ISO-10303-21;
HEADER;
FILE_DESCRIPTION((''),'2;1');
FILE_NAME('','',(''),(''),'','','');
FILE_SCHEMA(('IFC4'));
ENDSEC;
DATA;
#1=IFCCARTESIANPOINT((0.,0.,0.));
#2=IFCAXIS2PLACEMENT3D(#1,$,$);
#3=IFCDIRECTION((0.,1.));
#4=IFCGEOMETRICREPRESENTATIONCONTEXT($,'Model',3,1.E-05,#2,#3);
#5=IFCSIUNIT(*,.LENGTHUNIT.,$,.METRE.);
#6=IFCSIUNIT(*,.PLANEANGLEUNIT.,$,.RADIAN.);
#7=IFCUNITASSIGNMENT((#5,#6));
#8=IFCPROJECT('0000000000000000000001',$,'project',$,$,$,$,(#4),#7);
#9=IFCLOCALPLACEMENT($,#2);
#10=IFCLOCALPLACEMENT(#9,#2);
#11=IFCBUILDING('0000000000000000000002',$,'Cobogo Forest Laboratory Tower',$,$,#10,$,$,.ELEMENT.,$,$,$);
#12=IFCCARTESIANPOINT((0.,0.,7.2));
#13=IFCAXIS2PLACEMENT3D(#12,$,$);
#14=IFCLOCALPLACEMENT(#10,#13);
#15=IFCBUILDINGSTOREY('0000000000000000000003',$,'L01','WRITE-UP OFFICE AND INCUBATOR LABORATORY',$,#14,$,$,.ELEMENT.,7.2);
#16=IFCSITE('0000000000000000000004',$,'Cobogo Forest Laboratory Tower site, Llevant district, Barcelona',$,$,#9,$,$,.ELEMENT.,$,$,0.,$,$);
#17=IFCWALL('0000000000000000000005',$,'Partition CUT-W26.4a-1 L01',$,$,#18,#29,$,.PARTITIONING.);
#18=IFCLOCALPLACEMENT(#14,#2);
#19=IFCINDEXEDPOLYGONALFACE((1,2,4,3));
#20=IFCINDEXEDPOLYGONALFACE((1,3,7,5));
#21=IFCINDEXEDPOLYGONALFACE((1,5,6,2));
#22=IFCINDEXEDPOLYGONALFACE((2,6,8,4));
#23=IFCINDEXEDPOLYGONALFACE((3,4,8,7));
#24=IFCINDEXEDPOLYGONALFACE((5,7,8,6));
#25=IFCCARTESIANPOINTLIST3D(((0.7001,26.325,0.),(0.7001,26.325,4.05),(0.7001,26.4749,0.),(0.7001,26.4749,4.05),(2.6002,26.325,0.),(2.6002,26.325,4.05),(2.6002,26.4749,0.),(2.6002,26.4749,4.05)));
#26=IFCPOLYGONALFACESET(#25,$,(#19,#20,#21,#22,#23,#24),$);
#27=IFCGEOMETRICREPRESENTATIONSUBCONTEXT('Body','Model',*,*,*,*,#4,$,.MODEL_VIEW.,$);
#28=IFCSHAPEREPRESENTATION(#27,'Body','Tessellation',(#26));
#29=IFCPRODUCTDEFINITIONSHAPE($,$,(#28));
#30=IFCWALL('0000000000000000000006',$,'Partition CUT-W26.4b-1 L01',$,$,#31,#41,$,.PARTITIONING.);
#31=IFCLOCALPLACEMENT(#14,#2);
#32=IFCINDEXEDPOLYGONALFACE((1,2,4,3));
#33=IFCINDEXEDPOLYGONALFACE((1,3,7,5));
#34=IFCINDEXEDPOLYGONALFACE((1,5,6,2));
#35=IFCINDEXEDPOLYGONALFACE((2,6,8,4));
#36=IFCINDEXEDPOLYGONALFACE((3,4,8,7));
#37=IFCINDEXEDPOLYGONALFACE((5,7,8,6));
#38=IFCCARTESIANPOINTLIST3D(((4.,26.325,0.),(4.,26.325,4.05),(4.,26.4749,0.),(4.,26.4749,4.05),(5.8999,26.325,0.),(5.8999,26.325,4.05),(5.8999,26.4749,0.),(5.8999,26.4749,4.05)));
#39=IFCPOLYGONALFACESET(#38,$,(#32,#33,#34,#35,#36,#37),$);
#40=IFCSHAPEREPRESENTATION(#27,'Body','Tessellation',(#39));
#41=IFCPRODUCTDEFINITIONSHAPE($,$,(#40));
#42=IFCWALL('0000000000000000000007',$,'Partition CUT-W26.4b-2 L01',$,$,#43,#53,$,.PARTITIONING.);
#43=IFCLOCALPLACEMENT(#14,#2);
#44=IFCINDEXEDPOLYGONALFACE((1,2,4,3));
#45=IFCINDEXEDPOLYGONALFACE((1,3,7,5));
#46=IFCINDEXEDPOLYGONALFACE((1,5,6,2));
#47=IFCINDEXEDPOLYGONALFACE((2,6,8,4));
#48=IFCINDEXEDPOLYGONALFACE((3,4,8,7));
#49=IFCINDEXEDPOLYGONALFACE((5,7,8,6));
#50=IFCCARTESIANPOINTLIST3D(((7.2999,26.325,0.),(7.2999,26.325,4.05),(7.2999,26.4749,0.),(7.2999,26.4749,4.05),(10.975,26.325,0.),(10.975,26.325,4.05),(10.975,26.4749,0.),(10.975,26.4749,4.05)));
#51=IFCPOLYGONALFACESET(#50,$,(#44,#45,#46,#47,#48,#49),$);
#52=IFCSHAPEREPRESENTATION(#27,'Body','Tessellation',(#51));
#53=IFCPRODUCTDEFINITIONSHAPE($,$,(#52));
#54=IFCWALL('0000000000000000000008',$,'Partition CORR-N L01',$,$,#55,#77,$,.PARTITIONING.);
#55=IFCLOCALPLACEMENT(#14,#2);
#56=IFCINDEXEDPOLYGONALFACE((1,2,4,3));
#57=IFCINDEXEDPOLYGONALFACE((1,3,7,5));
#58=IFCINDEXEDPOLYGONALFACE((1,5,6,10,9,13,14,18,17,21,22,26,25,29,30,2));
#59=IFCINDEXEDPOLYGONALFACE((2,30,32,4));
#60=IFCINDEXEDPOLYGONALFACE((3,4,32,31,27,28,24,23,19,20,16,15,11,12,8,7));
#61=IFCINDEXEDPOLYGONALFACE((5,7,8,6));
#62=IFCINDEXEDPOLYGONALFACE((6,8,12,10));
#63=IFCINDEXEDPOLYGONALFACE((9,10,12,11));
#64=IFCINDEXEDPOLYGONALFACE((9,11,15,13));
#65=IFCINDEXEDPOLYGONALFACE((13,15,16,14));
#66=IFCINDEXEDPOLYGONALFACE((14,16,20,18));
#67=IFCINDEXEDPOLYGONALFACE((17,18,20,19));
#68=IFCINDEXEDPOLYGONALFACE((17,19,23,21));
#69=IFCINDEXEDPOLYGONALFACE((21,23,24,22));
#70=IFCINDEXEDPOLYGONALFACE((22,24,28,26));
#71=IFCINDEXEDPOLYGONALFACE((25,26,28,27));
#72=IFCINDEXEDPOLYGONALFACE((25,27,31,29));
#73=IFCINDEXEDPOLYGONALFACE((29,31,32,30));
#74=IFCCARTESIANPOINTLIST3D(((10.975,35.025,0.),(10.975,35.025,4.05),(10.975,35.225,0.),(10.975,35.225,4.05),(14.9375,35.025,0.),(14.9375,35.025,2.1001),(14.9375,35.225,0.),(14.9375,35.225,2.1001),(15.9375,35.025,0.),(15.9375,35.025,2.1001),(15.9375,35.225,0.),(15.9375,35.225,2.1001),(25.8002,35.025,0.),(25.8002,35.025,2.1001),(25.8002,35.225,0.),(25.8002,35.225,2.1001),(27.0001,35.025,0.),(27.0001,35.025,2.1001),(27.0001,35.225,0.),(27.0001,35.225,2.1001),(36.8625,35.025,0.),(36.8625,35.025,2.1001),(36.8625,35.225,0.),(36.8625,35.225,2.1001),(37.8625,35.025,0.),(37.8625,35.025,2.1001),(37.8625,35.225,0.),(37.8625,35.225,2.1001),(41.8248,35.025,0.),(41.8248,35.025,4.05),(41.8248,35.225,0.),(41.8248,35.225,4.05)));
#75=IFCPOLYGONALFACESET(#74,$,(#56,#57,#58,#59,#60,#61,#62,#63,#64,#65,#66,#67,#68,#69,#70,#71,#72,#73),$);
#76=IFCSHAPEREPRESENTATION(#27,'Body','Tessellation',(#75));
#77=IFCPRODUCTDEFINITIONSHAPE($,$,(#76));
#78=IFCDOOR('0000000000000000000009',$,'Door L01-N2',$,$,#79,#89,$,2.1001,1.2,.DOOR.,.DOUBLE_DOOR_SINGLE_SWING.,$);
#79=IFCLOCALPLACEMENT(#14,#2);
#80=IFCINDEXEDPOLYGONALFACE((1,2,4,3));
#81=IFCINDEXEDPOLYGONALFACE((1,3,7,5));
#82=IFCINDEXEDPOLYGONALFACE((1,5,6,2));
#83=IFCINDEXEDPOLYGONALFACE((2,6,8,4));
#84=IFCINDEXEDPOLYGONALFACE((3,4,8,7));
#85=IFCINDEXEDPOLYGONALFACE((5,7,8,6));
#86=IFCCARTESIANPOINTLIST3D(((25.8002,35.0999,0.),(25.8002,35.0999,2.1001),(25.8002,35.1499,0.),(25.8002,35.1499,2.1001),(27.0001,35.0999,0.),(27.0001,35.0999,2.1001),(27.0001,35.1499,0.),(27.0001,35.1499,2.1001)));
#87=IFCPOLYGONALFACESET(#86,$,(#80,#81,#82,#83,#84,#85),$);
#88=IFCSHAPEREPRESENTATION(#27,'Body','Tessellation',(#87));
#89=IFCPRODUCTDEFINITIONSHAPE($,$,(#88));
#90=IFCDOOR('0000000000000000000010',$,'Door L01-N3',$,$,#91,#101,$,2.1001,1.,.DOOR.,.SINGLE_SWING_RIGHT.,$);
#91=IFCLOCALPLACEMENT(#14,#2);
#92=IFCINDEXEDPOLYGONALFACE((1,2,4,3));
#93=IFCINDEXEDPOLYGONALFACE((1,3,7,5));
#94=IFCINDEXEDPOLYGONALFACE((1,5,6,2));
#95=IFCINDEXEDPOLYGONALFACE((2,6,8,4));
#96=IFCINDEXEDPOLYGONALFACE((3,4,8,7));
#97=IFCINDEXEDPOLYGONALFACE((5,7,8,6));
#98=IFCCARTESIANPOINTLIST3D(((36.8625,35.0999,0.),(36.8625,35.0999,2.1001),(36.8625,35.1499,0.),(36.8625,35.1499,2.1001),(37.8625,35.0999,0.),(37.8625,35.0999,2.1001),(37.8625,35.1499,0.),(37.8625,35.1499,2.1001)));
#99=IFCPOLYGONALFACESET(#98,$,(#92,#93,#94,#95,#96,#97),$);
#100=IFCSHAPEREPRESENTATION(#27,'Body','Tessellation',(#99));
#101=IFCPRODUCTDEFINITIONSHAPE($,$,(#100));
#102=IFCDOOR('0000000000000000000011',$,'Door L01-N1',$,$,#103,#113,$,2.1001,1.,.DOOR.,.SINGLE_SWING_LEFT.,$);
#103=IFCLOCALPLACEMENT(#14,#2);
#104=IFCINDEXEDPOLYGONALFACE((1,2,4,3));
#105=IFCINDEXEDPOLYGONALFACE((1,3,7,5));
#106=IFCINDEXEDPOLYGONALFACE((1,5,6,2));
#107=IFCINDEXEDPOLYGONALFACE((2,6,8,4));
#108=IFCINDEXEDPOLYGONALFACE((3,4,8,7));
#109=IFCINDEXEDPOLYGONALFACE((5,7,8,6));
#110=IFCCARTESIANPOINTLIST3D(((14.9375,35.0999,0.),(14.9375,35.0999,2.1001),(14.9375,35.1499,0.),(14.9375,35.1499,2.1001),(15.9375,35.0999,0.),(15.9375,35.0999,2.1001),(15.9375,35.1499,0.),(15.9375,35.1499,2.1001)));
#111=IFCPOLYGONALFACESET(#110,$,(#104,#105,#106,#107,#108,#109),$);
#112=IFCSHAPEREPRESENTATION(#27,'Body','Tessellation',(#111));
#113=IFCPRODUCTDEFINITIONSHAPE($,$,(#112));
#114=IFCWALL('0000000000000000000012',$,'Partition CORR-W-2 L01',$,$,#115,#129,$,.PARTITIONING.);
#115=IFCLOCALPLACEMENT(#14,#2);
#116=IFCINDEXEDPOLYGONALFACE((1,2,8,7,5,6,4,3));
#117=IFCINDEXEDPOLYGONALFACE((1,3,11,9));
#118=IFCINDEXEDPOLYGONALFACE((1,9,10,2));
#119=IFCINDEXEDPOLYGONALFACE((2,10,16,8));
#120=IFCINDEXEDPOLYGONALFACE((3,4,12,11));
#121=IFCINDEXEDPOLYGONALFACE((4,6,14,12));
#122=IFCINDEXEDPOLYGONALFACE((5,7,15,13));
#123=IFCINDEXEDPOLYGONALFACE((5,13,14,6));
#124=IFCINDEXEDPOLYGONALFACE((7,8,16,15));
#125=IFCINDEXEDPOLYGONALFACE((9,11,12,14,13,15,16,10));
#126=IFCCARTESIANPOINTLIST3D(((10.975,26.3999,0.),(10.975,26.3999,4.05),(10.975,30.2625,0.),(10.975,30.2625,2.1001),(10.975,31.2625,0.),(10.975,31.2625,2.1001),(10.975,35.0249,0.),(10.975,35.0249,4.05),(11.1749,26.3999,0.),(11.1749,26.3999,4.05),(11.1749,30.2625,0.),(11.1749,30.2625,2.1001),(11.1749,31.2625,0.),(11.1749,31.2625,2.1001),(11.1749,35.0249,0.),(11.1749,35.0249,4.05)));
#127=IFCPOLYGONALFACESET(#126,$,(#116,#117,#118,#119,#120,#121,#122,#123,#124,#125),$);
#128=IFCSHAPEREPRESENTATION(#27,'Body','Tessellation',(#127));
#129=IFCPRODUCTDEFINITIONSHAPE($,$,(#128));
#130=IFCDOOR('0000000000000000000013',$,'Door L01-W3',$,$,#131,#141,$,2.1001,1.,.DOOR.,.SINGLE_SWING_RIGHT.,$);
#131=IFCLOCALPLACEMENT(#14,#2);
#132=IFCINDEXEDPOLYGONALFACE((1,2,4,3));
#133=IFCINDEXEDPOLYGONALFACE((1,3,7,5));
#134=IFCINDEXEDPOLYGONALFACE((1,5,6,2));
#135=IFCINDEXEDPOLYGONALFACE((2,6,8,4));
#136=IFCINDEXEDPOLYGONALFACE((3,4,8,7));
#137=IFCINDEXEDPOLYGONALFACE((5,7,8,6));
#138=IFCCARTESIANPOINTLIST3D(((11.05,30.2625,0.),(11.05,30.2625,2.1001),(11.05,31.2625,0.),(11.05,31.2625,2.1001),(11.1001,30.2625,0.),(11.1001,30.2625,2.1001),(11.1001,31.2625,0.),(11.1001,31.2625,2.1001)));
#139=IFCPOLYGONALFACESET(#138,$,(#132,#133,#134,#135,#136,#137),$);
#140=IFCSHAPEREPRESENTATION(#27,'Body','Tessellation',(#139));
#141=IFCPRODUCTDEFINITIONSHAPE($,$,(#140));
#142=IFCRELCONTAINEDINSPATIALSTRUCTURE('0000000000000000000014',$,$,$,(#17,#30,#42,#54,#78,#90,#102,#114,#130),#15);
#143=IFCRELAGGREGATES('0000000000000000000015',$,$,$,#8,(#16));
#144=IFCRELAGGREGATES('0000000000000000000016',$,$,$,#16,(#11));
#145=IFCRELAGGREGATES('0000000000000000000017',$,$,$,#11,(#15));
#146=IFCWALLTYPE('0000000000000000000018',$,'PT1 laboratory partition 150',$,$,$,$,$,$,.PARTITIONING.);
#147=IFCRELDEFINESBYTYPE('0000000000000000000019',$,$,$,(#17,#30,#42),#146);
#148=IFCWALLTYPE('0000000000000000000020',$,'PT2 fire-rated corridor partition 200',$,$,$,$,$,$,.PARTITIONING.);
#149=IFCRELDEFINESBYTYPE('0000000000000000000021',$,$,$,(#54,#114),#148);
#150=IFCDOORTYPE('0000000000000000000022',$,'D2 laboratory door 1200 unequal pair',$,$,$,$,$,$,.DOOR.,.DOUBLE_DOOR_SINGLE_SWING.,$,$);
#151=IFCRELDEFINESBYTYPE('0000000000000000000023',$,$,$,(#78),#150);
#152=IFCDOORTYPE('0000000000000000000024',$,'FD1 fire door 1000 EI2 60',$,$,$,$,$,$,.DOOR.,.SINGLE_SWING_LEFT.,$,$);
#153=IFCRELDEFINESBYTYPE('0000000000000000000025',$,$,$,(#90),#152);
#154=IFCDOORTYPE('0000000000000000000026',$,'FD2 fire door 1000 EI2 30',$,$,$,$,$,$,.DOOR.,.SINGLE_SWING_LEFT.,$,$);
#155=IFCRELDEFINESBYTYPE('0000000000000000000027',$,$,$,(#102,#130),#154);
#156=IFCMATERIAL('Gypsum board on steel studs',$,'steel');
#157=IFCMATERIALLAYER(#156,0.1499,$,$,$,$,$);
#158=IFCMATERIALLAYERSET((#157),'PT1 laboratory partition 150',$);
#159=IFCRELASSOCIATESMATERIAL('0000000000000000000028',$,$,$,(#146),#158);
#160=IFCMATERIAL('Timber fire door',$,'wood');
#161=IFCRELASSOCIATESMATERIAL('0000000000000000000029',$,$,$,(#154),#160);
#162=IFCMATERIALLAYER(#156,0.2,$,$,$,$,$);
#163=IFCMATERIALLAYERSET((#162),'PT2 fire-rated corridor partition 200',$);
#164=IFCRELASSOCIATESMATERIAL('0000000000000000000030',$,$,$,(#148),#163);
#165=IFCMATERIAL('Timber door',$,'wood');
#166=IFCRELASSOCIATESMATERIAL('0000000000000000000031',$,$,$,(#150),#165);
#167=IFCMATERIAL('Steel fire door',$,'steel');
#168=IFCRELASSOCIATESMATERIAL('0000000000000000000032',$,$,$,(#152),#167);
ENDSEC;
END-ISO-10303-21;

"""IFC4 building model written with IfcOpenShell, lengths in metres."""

from ifc_helpers import new_model, si_unit, direction, frame, frame_2d, origin, place, context, subcontext, project, spatial, rectangle, extrude, material, layer, layer_set, type_object, element, fill, save


model = new_model("IFC4")

# Units and contexts
model_context = context("Model", 3, precision=1e-05, world=origin(), true_north=direction((0.0, 1.0)))
body_context = subcontext(model_context, "Body", "Model", "MODEL_VIEW")
ifc_project = project(units=[si_unit("LENGTHUNIT", "METRE"), si_unit("PLANEANGLEUNIT", "RADIAN")], contexts=[model_context])

# Site, building, storey
site_placement = place(None, origin())
site = spatial("IfcSite", under=ifc_project, at=site_placement, Name="Cobogo Forest Laboratory Tower site, Llevant district, Barcelona", CompositionType="ELEMENT", RefElevation=0.0)
building_placement = place(site_placement, origin())
building = spatial("IfcBuilding", under=site, at=building_placement, Name="Cobogo Forest Laboratory Tower", CompositionType="ELEMENT")
storey_placement = place(building_placement, frame((0.0, 0.0, 7.2)))
storey = spatial("IfcBuildingStorey", under=building, at=storey_placement, Name="L01", Description="WRITE-UP OFFICE AND INCUBATOR LABORATORY", CompositionType="ELEMENT", Elevation=7.2)

# Shared definitions
ifc_material_1 = material(Name="Gypsum board on steel studs", Category="steel")
ifc_layer_1 = layer(ifc_material_1, 0.1499)
ifc_layer_set_1 = layer_set([ifc_layer_1], Name="PT1 laboratory partition 150")
wall_type_1 = type_object("IfcWallType", Name="PT1 laboratory partition 150", PredefinedType="PARTITIONING", material=ifc_layer_set_1)

# Shared definitions
ifc_material_2 = material(Name="Timber fire door", Category="wood")
door_type_1 = type_object("IfcDoorType", Name="FD2 fire door 1000 EI2 30", OperationType="SINGLE_SWING_LEFT", PredefinedType="DOOR", material=ifc_material_2)

# Walls
wall_1_placement = place(storey_placement, frame((0.7, 26.3999, 0.0), z_axis=(0.0, 0.0, 1.0), x_axis=(1.0, 0.0, 0.0)))
element("IfcWall", 1, at=wall_1_placement, inside=storey, type_object=wall_type_1, Name="Partition CUT-W26.4a-1 L01", PredefinedType="PARTITIONING", context=body_context, shape_type="SweptSolid", body=[
    extrude(rectangle(XDim=1.9001, YDim=0.1499, at=frame_2d((0.9502, 0.0))), origin(), (0.0, 0.0, 1.0), 4.05),
])
wall_2_placement = place(storey_placement, frame((4.0, 26.3999, 0.0), z_axis=(0.0, 0.0, 1.0), x_axis=(1.0, 0.0, 0.0)))
element("IfcWall", 2, at=wall_2_placement, inside=storey, type_object=wall_type_1, Name="Partition CUT-W26.4b-1 L01", PredefinedType="PARTITIONING", context=body_context, shape_type="SweptSolid", body=[
    extrude(rectangle(XDim=1.8999, YDim=0.1499, at=frame_2d((0.95, 0.0))), origin(), (0.0, 0.0, 1.0), 4.05),
])
wall_3_placement = place(storey_placement, frame((7.3, 26.3999, 0.0), z_axis=(0.0, 0.0, 1.0), x_axis=(1.0, 0.0, 0.0)))
element("IfcWall", 3, at=wall_3_placement, inside=storey, type_object=wall_type_1, Name="Partition CUT-W26.4b-2 L01", PredefinedType="PARTITIONING", context=body_context, shape_type="SweptSolid", body=[
    extrude(rectangle(XDim=3.675, YDim=0.1499, at=frame_2d((1.8374, 0.0))), origin(), (0.0, 0.0, 1.0), 4.05),
])

# Wall, openings, doors
ifc_layer_2 = layer(ifc_material_1, 0.2)
ifc_layer_set_2 = layer_set([ifc_layer_2], Name="PT2 fire-rated corridor partition 200")
wall_type_2 = type_object("IfcWallType", Name="PT2 fire-rated corridor partition 200", PredefinedType="PARTITIONING", material=ifc_layer_set_2)
wall_4_placement = place(storey_placement, frame((10.9751, 35.125, 0.0), z_axis=(0.0, 0.0, 1.0), x_axis=(1.0, 0.0, 0.0)))
wall_4 = element("IfcWall", 4, at=wall_4_placement, inside=storey, type_object=wall_type_2, Name="Partition CORR-N L01", PredefinedType="PARTITIONING", context=body_context, shape_type="SweptSolid", body=[
    extrude(rectangle(XDim=30.8499, YDim=0.2, at=frame_2d((15.4248, 0.0))), origin(), (0.0, 0.0, 1.0), 4.05),
])
opening_1_placement = place(wall_4_placement, frame((3.9624, 0.0, 0.0)))
opening_1 = element("IfcOpeningElement", 5, at=opening_1_placement, cuts=wall_4, PredefinedType="OPENING", context=body_context, shape_type="SweptSolid", body=[
    extrude(rectangle(XDim=1.0, YDim=2.1001, at=frame_2d((0.5, 1.05))), frame((0.0, 0.1099, 0.0), z_axis=(0.0, -1.0, 0.0), x_axis=(1.0, 0.0, 0.0)), (0.0, 0.0, 1.0), 0.22),
])
opening_2_placement = place(wall_4_placement, frame((14.825, 0.0, 0.0)))
opening_2 = element("IfcOpeningElement", 6, at=opening_2_placement, cuts=wall_4, PredefinedType="OPENING", context=body_context, shape_type="SweptSolid", body=[
    extrude(rectangle(XDim=1.2, YDim=2.1001, at=frame_2d((0.6001, 1.05))), frame((0.0, 0.1099, 0.0), z_axis=(0.0, -1.0, 0.0), x_axis=(1.0, 0.0, 0.0)), (0.0, 0.0, 1.0), 0.22),
])
opening_3_placement = place(wall_4_placement, frame((25.8875, 0.0, 0.0)))
opening_3 = element("IfcOpeningElement", 7, at=opening_3_placement, cuts=wall_4, PredefinedType="OPENING", context=body_context, shape_type="SweptSolid", body=[
    extrude(rectangle(XDim=1.0, YDim=2.1001, at=frame_2d((0.5, 1.05))), frame((0.0, 0.1099, 0.0), z_axis=(0.0, -1.0, 0.0), x_axis=(1.0, 0.0, 0.0)), (0.0, 0.0, 1.0), 0.22),
])
ifc_material_3 = material(Name="Timber door", Category="wood")
door_type_2 = type_object("IfcDoorType", Name="D2 laboratory door 1200 unequal pair", OperationType="DOUBLE_DOOR_SINGLE_SWING", PredefinedType="DOOR", material=ifc_material_3)
door_1_placement = place(opening_2_placement, origin())
door_1 = element("IfcDoor", 8, at=door_1_placement, inside=storey, type_object=door_type_2, Name="Door L01-N2", OperationType="DOUBLE_DOOR_SINGLE_SWING", OverallHeight=2.1001, OverallWidth=1.2, PredefinedType="DOOR", context=body_context, shape_type="SweptSolid", body=[
    extrude(rectangle(XDim=1.2, YDim=2.1001, at=frame_2d((0.6001, 1.05))), frame((0.0, 0.0249, 0.0), z_axis=(0.0, -1.0, 0.0), x_axis=(1.0, 0.0, 0.0)), (0.0, 0.0, 1.0), 0.05),
])
fill(opening_2, door_1)
ifc_material_4 = material(Name="Steel fire door", Category="steel")
door_type_3 = type_object("IfcDoorType", Name="FD1 fire door 1000 EI2 60", OperationType="SINGLE_SWING_LEFT", PredefinedType="DOOR", material=ifc_material_4)
door_2_placement = place(opening_3_placement, origin())
door_2 = element("IfcDoor", 9, at=door_2_placement, inside=storey, type_object=door_type_3, Name="Door L01-N3", OperationType="SINGLE_SWING_RIGHT", OverallHeight=2.1001, OverallWidth=1.0, PredefinedType="DOOR", context=body_context, shape_type="SweptSolid", body=[
    extrude(rectangle(XDim=1.0, YDim=2.1001, at=frame_2d((0.5, 1.05))), frame((0.0, 0.0249, 0.0), z_axis=(0.0, -1.0, 0.0), x_axis=(1.0, 0.0, 0.0)), (0.0, 0.0, 1.0), 0.05),
])
fill(opening_3, door_2)
door_3_placement = place(opening_1_placement, origin())
door_3 = element("IfcDoor", 10, at=door_3_placement, inside=storey, type_object=door_type_1, Name="Door L01-N1", OperationType="SINGLE_SWING_LEFT", OverallHeight=2.1001, OverallWidth=1.0, PredefinedType="DOOR", context=body_context, shape_type="SweptSolid", body=[
    extrude(rectangle(XDim=1.0, YDim=2.1001, at=frame_2d((0.5, 1.05))), frame((0.0, 0.0249, 0.0), z_axis=(0.0, -1.0, 0.0), x_axis=(1.0, 0.0, 0.0)), (0.0, 0.0, 1.0), 0.05),
])
fill(opening_1, door_3)

# Wall, opening, door
wall_5_placement = place(storey_placement, frame((11.075, 26.3999, 0.0), z_axis=(0.0, 0.0, 1.0), x_axis=(0.0, 1.0, 0.0)))
wall_5 = element("IfcWall", 11, at=wall_5_placement, inside=storey, type_object=wall_type_2, Name="Partition CORR-W-2 L01", PredefinedType="PARTITIONING", context=body_context, shape_type="SweptSolid", body=[
    extrude(rectangle(XDim=8.625, YDim=0.2, at=frame_2d((4.3125, 0.0))), origin(), (0.0, 0.0, 1.0), 4.05),
])
opening_4_placement = place(wall_5_placement, frame((3.8625, 0.0, 0.0)))
opening_4 = element("IfcOpeningElement", 12, at=opening_4_placement, cuts=wall_5, PredefinedType="OPENING", context=body_context, shape_type="SweptSolid", body=[
    extrude(rectangle(XDim=1.0, YDim=2.1001, at=frame_2d((0.5, 1.05))), frame((0.0, 0.1099, 0.0), z_axis=(0.0, -1.0, 0.0), x_axis=(1.0, 0.0, 0.0)), (0.0, 0.0, 1.0), 0.22),
])
door_4_placement = place(opening_4_placement, origin())
door_4 = element("IfcDoor", 13, at=door_4_placement, inside=storey, type_object=door_type_1, Name="Door L01-W3", OperationType="SINGLE_SWING_RIGHT", OverallHeight=2.1001, OverallWidth=1.0, PredefinedType="DOOR", context=body_context, shape_type="SweptSolid", body=[
    extrude(rectangle(XDim=1.0, YDim=2.1001, at=frame_2d((0.5, 1.05))), frame((0.0, 0.0249, 0.0), z_axis=(0.0, -1.0, 0.0), x_axis=(1.0, 0.0, 0.0)), (0.0, 0.0, 1.0), 0.05),
])
fill(opening_4, door_4)

save(model, "model.ifc")
